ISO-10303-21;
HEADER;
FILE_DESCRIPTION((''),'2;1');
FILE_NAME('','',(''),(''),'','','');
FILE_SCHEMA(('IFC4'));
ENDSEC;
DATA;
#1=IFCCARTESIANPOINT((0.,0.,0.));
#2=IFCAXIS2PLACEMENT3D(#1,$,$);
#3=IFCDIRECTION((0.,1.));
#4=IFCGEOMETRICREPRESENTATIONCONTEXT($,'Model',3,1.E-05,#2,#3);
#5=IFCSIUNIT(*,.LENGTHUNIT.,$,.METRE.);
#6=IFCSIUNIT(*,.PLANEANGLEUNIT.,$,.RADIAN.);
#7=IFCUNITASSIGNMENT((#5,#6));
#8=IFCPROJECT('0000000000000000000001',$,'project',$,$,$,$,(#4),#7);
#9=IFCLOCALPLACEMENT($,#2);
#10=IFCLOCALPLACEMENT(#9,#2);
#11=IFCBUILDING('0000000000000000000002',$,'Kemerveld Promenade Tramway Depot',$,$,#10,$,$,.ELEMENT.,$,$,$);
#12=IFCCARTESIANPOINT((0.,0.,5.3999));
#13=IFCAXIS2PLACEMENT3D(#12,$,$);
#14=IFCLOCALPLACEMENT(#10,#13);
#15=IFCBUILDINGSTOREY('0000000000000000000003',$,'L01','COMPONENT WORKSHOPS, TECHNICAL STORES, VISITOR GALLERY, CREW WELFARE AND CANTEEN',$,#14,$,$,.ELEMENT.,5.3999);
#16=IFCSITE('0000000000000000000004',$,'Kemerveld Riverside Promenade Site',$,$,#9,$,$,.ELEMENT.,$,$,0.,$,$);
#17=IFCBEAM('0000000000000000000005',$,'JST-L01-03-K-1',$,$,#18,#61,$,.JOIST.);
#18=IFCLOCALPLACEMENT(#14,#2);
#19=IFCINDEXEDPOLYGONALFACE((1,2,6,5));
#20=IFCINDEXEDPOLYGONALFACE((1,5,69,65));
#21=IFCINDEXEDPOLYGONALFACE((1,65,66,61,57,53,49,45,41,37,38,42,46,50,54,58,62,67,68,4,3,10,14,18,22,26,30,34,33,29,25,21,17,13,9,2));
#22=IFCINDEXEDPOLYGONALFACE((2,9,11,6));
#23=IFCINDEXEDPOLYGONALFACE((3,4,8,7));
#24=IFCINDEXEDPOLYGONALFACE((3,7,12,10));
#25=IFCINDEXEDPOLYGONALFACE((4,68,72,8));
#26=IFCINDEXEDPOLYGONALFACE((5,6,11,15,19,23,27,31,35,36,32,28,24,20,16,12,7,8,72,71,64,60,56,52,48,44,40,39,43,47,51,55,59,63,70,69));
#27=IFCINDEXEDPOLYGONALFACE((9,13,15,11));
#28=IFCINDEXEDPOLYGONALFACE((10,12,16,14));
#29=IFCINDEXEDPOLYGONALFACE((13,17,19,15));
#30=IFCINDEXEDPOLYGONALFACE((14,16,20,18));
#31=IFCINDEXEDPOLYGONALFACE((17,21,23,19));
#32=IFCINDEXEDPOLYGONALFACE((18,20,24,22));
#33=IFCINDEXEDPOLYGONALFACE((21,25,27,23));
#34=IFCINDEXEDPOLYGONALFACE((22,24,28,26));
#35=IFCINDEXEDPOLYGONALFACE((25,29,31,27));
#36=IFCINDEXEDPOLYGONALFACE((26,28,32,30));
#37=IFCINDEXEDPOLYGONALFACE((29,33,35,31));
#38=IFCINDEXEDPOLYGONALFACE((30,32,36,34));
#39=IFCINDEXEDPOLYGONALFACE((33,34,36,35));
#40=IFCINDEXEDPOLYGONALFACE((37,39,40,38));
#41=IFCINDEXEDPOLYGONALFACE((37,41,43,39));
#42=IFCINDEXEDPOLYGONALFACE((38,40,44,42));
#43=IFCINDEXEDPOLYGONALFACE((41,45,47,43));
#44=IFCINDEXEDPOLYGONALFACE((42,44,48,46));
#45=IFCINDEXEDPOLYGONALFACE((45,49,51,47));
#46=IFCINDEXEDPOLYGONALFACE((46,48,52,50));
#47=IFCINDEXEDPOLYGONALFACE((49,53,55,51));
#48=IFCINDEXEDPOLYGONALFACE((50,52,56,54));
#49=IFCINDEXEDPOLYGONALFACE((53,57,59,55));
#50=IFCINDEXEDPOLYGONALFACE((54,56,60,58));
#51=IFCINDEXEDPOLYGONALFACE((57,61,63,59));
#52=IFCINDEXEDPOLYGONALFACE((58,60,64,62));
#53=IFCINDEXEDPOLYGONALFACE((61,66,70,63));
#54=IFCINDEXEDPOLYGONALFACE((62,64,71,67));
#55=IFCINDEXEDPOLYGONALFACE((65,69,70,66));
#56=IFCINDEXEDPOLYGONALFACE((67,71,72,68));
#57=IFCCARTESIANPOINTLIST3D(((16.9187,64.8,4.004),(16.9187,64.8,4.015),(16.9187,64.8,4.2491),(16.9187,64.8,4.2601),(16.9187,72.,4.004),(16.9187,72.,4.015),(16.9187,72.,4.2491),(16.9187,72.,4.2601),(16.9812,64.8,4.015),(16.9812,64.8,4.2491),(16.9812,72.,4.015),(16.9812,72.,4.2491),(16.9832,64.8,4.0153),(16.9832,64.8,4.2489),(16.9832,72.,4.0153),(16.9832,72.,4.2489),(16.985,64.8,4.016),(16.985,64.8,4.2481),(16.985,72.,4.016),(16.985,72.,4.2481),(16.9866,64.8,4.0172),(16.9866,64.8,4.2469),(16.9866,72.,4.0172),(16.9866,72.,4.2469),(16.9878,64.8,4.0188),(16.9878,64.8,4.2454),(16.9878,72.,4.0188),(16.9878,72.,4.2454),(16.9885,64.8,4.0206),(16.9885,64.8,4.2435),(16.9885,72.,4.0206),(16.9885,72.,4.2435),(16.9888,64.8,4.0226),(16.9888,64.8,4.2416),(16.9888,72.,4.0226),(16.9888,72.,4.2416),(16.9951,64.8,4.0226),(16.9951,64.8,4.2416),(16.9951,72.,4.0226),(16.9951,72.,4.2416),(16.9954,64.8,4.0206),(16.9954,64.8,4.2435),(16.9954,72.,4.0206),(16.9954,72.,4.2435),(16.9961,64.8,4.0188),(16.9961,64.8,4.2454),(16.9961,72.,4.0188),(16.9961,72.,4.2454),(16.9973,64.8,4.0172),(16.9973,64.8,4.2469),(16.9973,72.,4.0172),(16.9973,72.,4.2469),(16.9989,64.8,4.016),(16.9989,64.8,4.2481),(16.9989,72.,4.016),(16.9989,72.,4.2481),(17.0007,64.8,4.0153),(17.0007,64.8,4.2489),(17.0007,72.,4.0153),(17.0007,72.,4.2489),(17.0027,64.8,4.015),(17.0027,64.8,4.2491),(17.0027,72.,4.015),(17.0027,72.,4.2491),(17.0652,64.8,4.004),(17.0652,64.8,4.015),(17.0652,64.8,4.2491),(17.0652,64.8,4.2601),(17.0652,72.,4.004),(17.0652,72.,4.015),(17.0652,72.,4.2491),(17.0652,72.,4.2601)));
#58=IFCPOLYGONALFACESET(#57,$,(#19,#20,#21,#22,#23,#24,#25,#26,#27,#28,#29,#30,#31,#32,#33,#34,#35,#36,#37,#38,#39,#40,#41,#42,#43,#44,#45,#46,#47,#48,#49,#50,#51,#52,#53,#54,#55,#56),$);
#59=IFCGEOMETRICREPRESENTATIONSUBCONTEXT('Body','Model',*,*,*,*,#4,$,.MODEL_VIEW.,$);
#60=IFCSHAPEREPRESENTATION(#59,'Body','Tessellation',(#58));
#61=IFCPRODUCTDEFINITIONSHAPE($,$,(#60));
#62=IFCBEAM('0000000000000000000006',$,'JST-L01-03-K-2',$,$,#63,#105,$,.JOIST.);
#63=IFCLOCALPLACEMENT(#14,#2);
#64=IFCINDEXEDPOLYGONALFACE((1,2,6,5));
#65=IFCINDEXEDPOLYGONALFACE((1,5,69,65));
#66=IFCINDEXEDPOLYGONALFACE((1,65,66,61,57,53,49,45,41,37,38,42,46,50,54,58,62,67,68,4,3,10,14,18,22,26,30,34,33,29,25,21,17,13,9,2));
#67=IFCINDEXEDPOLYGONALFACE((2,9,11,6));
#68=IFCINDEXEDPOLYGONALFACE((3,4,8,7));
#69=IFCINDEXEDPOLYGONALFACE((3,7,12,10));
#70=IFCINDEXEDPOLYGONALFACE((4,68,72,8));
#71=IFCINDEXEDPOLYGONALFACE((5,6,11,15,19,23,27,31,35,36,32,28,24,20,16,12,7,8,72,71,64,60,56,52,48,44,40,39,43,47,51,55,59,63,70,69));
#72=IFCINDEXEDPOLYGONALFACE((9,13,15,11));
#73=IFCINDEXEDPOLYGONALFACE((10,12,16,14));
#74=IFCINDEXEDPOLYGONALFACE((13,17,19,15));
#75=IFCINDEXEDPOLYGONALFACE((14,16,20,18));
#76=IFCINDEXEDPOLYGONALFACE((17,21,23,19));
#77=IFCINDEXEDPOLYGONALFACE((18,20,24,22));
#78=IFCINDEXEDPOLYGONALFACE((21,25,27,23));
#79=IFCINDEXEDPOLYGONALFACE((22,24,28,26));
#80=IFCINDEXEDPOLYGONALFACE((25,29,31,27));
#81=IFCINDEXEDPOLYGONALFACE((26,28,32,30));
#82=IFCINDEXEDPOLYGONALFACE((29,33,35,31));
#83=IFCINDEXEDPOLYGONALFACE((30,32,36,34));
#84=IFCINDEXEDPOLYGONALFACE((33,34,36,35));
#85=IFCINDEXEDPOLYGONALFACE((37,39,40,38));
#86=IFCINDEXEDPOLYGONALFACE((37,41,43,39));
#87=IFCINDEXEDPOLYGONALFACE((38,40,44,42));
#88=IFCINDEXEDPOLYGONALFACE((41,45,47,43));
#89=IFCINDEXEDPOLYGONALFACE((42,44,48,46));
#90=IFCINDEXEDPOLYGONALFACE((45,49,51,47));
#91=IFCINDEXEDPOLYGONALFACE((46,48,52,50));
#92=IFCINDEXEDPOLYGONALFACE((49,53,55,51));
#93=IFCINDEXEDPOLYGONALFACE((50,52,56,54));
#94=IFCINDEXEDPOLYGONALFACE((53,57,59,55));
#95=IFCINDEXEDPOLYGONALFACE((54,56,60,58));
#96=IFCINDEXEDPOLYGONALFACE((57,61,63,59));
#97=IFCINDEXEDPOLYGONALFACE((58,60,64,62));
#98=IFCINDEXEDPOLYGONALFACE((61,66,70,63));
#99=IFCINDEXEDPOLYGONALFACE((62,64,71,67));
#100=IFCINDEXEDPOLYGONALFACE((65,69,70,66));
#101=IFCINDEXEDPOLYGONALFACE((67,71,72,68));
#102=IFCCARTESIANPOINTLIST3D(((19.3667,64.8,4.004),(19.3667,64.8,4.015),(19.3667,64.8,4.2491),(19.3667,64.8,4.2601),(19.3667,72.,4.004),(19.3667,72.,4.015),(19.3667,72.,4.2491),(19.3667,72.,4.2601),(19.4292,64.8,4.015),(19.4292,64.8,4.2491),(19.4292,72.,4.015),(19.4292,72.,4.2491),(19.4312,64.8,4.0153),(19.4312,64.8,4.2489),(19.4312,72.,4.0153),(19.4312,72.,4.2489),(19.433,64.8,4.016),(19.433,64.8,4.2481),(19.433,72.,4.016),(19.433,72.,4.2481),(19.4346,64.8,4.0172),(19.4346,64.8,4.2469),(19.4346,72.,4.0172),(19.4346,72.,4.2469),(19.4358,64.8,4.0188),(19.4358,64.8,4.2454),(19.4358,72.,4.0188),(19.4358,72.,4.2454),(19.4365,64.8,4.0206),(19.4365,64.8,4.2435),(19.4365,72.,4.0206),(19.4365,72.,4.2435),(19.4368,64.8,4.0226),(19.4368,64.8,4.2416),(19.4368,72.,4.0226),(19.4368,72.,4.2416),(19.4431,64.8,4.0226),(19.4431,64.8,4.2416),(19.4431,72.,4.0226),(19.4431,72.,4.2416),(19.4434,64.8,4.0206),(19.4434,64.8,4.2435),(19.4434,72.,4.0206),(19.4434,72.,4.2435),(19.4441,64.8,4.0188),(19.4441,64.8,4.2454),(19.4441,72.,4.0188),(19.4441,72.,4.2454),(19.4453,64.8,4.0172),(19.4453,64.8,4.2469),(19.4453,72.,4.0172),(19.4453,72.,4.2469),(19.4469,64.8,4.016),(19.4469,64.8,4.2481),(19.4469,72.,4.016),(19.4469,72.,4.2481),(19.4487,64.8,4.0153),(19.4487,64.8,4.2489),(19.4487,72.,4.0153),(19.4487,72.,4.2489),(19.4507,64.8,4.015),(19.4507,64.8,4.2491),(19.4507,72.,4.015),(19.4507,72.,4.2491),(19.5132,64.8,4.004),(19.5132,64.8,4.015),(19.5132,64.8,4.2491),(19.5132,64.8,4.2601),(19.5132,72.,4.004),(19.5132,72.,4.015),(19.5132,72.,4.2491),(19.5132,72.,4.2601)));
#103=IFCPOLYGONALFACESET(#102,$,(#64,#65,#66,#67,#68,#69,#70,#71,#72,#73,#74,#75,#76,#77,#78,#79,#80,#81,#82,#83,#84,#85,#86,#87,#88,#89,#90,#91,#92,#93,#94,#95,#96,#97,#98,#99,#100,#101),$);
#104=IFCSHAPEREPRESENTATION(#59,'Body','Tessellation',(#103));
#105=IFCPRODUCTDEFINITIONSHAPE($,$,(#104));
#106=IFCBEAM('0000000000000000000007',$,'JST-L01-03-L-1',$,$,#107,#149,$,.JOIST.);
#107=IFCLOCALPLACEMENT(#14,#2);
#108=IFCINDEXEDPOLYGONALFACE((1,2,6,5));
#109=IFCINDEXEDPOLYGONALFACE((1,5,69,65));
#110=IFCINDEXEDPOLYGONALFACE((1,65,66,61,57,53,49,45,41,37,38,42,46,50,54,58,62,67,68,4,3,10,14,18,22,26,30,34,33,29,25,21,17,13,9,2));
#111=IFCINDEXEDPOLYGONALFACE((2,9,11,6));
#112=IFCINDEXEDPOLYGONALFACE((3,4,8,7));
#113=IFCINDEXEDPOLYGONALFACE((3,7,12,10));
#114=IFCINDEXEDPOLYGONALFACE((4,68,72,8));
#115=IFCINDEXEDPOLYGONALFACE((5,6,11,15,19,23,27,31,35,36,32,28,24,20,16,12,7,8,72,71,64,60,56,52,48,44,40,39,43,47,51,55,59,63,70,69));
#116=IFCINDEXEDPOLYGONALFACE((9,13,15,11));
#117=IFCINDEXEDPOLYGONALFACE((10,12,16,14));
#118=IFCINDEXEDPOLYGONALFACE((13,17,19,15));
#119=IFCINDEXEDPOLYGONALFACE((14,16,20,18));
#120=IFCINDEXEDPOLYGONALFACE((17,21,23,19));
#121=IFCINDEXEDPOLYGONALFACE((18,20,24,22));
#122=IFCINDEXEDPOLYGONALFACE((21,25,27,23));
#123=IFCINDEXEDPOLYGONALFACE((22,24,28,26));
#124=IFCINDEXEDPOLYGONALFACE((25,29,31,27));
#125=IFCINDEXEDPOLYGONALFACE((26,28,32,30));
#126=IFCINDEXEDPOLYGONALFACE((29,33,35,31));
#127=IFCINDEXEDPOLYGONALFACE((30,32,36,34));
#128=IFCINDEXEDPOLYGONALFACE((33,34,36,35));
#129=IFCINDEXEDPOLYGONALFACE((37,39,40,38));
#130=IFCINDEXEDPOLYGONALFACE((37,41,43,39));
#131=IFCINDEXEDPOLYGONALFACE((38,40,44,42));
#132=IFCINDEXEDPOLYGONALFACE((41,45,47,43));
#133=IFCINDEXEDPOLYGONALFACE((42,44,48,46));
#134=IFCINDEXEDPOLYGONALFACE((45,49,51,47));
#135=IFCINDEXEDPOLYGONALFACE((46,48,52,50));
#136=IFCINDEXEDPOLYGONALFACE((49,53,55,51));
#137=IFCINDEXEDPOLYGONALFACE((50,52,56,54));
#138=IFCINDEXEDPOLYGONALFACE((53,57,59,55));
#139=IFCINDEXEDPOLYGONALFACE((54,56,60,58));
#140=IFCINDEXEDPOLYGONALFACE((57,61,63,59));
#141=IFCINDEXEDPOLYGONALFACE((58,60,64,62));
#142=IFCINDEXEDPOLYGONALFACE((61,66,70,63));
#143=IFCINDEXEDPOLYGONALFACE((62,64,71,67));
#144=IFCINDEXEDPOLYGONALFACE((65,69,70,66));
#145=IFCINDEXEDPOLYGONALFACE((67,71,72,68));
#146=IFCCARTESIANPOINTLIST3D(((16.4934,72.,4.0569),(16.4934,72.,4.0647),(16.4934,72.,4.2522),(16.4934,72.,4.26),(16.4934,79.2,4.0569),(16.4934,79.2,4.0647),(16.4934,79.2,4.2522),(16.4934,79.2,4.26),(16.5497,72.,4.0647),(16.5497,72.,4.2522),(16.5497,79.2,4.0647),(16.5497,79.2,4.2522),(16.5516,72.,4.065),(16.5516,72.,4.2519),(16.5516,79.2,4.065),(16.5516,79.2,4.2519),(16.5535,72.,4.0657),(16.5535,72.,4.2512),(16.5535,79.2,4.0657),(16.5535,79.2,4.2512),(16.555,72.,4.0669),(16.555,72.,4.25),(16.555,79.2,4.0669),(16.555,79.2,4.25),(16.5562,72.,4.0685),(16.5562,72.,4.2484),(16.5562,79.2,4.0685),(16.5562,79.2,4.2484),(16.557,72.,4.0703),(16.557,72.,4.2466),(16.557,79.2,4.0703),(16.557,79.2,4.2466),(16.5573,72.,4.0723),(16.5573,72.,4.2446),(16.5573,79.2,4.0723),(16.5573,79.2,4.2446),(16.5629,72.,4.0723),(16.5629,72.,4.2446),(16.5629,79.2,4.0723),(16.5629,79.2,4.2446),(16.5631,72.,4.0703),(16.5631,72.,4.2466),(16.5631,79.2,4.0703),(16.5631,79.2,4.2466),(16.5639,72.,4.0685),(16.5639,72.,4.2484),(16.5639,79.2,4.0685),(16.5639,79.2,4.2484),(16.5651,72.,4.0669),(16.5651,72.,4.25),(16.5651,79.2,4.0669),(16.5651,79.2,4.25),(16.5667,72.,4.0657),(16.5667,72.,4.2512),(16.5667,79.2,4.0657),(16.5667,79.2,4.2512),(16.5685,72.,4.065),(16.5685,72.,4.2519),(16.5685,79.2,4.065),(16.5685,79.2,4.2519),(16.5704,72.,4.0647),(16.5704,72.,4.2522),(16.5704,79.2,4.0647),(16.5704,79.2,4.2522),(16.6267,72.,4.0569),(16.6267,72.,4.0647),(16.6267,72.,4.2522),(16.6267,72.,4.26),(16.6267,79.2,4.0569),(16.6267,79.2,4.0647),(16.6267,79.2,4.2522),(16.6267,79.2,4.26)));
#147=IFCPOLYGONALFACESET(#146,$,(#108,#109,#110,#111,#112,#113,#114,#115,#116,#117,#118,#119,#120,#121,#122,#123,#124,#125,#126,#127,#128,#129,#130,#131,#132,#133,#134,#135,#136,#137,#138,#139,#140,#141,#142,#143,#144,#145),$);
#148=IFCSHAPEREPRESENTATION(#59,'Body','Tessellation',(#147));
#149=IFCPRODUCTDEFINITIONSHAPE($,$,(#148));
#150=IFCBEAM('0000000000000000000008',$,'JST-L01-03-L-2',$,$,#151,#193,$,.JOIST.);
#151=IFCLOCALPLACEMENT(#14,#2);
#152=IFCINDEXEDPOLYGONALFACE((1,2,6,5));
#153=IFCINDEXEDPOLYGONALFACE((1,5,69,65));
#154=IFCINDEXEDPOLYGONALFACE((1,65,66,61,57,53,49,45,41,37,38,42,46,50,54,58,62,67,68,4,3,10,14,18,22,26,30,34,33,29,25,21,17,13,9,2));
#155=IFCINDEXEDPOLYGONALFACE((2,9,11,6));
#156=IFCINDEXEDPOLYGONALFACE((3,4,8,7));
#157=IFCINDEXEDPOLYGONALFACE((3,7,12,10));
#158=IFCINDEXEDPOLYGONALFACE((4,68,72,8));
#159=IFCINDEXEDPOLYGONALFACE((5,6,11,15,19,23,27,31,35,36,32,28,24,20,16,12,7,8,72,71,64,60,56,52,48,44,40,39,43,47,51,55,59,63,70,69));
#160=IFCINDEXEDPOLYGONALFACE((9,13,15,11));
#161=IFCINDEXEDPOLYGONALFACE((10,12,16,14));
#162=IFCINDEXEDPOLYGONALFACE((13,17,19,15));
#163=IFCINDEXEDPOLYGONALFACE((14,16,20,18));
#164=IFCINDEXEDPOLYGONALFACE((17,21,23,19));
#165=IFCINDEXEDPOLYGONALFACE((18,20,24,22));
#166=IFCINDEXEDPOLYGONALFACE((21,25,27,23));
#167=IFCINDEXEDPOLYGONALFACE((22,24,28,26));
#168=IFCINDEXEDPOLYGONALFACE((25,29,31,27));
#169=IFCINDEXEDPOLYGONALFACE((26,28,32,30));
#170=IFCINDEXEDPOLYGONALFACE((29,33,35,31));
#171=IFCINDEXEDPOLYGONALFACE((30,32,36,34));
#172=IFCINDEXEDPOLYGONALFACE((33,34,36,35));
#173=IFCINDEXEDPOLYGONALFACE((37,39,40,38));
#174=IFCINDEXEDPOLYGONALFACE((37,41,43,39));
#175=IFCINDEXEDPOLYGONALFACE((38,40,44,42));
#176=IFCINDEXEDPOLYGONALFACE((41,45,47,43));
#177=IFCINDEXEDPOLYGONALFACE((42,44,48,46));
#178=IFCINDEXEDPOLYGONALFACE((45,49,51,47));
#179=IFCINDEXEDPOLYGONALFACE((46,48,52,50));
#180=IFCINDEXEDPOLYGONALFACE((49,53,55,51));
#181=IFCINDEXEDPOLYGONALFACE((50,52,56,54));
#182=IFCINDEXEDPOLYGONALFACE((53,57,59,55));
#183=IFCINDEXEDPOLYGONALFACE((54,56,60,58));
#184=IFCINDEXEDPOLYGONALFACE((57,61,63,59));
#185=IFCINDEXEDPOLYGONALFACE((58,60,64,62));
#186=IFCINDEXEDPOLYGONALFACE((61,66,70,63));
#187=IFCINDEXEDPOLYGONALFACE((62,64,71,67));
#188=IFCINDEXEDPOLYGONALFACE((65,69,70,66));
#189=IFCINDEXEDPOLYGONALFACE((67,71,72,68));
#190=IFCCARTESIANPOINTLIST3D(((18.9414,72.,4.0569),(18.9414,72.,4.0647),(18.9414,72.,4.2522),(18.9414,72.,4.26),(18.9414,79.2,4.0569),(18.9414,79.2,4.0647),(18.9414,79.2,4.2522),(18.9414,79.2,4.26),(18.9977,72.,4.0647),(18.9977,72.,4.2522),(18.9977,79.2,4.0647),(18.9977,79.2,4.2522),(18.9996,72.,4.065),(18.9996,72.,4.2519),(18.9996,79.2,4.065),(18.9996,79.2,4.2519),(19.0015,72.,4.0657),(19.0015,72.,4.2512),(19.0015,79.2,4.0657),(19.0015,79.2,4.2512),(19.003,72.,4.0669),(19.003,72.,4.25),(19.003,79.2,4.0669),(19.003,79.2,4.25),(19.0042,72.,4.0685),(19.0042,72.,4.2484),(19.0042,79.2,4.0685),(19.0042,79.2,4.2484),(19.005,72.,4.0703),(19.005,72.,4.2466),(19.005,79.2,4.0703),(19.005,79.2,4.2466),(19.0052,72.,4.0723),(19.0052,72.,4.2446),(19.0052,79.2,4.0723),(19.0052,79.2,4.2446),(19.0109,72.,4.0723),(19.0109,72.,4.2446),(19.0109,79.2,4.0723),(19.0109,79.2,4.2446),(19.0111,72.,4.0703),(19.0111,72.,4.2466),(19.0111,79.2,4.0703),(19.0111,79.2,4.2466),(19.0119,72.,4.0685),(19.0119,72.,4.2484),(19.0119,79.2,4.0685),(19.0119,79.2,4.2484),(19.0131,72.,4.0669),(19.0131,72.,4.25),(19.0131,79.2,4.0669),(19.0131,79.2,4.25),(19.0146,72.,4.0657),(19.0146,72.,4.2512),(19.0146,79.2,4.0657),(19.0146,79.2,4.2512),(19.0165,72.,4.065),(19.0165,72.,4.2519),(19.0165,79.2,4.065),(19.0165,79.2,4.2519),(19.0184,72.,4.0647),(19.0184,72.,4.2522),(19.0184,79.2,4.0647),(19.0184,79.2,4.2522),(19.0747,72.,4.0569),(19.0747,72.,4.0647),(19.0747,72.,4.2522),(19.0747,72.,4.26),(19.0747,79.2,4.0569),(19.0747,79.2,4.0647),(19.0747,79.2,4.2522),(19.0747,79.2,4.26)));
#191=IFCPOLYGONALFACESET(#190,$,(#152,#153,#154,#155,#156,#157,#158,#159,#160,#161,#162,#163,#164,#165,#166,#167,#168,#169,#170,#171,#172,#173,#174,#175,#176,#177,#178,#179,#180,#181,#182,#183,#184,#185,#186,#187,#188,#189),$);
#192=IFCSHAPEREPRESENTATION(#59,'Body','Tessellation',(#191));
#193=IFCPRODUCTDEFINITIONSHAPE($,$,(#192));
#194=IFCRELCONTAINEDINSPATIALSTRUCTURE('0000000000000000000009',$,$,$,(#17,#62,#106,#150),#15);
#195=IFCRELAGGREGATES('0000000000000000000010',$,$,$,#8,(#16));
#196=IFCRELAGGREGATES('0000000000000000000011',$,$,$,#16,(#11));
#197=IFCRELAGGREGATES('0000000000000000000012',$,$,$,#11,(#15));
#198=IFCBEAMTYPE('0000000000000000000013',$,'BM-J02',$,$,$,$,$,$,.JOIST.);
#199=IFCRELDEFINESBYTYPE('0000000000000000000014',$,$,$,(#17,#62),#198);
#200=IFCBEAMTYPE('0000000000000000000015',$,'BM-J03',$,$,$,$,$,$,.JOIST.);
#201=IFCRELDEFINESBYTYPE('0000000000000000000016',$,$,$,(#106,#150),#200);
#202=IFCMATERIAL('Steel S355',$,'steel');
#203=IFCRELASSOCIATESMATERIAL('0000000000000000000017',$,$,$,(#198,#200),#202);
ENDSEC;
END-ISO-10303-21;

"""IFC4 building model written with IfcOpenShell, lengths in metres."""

from ifc_helpers import new_model, si_unit, direction, frame, origin, origin_2d, place, context, subcontext, project, spatial, i_section, extrude, material, material_profile, profile_set, type_object, element, save


model = new_model("IFC4")

# Units and contexts
model_context = context("Model", 3, precision=1e-05, world=origin(), true_north=direction((0.0, 1.0)))
body_context = subcontext(model_context, "Body", "Model", "MODEL_VIEW")
ifc_project = project(units=[si_unit("LENGTHUNIT", "METRE"), si_unit("PLANEANGLEUNIT", "RADIAN")], contexts=[model_context])

# Site, building, storey
site_placement = place(None, origin())
site = spatial("IfcSite", under=ifc_project, at=site_placement, Name="Kemerveld Riverside Promenade Site", CompositionType="ELEMENT", RefElevation=0.0)
building_placement = place(site_placement, origin())
building = spatial("IfcBuilding", under=site, at=building_placement, Name="Kemerveld Promenade Tramway Depot", CompositionType="ELEMENT")
storey_placement = place(building_placement, frame((0.0, 0.0, 5.3999)))
storey = spatial("IfcBuildingStorey", under=building, at=storey_placement, Name="L01", Description="COMPONENT WORKSHOPS, TECHNICAL STORES, VISITOR GALLERY, CREW WELFARE AND CANTEEN", CompositionType="ELEMENT", Elevation=5.3999)

# Shared definitions
ifc_material_1 = material(Name="Steel S355", Category="steel")

# Beams
ifc_material_profile_1 = material_profile(ifc_material_1, i_section(OverallWidth=0.1465, OverallDepth=0.2561, WebThickness=0.0063, FlangeThickness=0.011, FilletRadius=0.0076, at=origin_2d()), Name="254x146x37 UB")
ifc_profile_set_1 = profile_set([ifc_material_profile_1], Name="Steel S355")
beam_type_1 = type_object("IfcBeamType", Name="BM-J02", PredefinedType="JOIST", material=ifc_profile_set_1)
for number, where, z_axis, x_axis, name in (
    (1, (16.9919, 64.8, 4.1321), (0.0, 1.0, 0.0), (-1.0, 0.0, 0.0), "JST-L01-03-K-1"),
    (2, (19.4399, 64.8, 4.1321), (0.0, 1.0, 0.0), (-1.0, 0.0, 0.0), "JST-L01-03-K-2"),
):
    element("IfcBeam", number, at=place(storey_placement, frame(where, z_axis=z_axis, x_axis=x_axis)), inside=storey, type_object=beam_type_1, Name=name, PredefinedType="JOIST", context=body_context, shape_type="SweptSolid", body=[
        extrude(i_section(OverallWidth=0.1465, OverallDepth=0.2561, WebThickness=0.0063, FlangeThickness=0.011, FilletRadius=0.0076, at=origin_2d()), origin(), (0.0, 0.0, 1.0), 7.2),
    ])
ifc_material_profile_2 = material_profile(ifc_material_1, i_section(OverallWidth=0.1333, OverallDepth=0.2031, WebThickness=0.0056, FlangeThickness=0.0078, FilletRadius=0.0076, at=origin_2d()), Name="203x133x25 UB")
ifc_profile_set_2 = profile_set([ifc_material_profile_2], Name="Steel S355")
beam_type_2 = type_object("IfcBeamType", Name="BM-J03", PredefinedType="JOIST", material=ifc_profile_set_2)
for number, where, z_axis, x_axis, name in (
    (3, (16.5601, 72.0, 4.1584), (0.0, 1.0, 0.0), (-1.0, 0.0, 0.0), "JST-L01-03-L-1"),
    (4, (19.0081, 72.0, 4.1584), (0.0, 1.0, 0.0), (-1.0, 0.0, 0.0), "JST-L01-03-L-2"),
):
    element("IfcBeam", number, at=place(storey_placement, frame(where, z_axis=z_axis, x_axis=x_axis)), inside=storey, type_object=beam_type_2, Name=name, PredefinedType="JOIST", context=body_context, shape_type="SweptSolid", body=[
        extrude(i_section(OverallWidth=0.1333, OverallDepth=0.2031, WebThickness=0.0056, FlangeThickness=0.0078, FilletRadius=0.0076, at=origin_2d()), origin(), (0.0, 0.0, 1.0), 7.2),
    ])

save(model, "model.ifc")
